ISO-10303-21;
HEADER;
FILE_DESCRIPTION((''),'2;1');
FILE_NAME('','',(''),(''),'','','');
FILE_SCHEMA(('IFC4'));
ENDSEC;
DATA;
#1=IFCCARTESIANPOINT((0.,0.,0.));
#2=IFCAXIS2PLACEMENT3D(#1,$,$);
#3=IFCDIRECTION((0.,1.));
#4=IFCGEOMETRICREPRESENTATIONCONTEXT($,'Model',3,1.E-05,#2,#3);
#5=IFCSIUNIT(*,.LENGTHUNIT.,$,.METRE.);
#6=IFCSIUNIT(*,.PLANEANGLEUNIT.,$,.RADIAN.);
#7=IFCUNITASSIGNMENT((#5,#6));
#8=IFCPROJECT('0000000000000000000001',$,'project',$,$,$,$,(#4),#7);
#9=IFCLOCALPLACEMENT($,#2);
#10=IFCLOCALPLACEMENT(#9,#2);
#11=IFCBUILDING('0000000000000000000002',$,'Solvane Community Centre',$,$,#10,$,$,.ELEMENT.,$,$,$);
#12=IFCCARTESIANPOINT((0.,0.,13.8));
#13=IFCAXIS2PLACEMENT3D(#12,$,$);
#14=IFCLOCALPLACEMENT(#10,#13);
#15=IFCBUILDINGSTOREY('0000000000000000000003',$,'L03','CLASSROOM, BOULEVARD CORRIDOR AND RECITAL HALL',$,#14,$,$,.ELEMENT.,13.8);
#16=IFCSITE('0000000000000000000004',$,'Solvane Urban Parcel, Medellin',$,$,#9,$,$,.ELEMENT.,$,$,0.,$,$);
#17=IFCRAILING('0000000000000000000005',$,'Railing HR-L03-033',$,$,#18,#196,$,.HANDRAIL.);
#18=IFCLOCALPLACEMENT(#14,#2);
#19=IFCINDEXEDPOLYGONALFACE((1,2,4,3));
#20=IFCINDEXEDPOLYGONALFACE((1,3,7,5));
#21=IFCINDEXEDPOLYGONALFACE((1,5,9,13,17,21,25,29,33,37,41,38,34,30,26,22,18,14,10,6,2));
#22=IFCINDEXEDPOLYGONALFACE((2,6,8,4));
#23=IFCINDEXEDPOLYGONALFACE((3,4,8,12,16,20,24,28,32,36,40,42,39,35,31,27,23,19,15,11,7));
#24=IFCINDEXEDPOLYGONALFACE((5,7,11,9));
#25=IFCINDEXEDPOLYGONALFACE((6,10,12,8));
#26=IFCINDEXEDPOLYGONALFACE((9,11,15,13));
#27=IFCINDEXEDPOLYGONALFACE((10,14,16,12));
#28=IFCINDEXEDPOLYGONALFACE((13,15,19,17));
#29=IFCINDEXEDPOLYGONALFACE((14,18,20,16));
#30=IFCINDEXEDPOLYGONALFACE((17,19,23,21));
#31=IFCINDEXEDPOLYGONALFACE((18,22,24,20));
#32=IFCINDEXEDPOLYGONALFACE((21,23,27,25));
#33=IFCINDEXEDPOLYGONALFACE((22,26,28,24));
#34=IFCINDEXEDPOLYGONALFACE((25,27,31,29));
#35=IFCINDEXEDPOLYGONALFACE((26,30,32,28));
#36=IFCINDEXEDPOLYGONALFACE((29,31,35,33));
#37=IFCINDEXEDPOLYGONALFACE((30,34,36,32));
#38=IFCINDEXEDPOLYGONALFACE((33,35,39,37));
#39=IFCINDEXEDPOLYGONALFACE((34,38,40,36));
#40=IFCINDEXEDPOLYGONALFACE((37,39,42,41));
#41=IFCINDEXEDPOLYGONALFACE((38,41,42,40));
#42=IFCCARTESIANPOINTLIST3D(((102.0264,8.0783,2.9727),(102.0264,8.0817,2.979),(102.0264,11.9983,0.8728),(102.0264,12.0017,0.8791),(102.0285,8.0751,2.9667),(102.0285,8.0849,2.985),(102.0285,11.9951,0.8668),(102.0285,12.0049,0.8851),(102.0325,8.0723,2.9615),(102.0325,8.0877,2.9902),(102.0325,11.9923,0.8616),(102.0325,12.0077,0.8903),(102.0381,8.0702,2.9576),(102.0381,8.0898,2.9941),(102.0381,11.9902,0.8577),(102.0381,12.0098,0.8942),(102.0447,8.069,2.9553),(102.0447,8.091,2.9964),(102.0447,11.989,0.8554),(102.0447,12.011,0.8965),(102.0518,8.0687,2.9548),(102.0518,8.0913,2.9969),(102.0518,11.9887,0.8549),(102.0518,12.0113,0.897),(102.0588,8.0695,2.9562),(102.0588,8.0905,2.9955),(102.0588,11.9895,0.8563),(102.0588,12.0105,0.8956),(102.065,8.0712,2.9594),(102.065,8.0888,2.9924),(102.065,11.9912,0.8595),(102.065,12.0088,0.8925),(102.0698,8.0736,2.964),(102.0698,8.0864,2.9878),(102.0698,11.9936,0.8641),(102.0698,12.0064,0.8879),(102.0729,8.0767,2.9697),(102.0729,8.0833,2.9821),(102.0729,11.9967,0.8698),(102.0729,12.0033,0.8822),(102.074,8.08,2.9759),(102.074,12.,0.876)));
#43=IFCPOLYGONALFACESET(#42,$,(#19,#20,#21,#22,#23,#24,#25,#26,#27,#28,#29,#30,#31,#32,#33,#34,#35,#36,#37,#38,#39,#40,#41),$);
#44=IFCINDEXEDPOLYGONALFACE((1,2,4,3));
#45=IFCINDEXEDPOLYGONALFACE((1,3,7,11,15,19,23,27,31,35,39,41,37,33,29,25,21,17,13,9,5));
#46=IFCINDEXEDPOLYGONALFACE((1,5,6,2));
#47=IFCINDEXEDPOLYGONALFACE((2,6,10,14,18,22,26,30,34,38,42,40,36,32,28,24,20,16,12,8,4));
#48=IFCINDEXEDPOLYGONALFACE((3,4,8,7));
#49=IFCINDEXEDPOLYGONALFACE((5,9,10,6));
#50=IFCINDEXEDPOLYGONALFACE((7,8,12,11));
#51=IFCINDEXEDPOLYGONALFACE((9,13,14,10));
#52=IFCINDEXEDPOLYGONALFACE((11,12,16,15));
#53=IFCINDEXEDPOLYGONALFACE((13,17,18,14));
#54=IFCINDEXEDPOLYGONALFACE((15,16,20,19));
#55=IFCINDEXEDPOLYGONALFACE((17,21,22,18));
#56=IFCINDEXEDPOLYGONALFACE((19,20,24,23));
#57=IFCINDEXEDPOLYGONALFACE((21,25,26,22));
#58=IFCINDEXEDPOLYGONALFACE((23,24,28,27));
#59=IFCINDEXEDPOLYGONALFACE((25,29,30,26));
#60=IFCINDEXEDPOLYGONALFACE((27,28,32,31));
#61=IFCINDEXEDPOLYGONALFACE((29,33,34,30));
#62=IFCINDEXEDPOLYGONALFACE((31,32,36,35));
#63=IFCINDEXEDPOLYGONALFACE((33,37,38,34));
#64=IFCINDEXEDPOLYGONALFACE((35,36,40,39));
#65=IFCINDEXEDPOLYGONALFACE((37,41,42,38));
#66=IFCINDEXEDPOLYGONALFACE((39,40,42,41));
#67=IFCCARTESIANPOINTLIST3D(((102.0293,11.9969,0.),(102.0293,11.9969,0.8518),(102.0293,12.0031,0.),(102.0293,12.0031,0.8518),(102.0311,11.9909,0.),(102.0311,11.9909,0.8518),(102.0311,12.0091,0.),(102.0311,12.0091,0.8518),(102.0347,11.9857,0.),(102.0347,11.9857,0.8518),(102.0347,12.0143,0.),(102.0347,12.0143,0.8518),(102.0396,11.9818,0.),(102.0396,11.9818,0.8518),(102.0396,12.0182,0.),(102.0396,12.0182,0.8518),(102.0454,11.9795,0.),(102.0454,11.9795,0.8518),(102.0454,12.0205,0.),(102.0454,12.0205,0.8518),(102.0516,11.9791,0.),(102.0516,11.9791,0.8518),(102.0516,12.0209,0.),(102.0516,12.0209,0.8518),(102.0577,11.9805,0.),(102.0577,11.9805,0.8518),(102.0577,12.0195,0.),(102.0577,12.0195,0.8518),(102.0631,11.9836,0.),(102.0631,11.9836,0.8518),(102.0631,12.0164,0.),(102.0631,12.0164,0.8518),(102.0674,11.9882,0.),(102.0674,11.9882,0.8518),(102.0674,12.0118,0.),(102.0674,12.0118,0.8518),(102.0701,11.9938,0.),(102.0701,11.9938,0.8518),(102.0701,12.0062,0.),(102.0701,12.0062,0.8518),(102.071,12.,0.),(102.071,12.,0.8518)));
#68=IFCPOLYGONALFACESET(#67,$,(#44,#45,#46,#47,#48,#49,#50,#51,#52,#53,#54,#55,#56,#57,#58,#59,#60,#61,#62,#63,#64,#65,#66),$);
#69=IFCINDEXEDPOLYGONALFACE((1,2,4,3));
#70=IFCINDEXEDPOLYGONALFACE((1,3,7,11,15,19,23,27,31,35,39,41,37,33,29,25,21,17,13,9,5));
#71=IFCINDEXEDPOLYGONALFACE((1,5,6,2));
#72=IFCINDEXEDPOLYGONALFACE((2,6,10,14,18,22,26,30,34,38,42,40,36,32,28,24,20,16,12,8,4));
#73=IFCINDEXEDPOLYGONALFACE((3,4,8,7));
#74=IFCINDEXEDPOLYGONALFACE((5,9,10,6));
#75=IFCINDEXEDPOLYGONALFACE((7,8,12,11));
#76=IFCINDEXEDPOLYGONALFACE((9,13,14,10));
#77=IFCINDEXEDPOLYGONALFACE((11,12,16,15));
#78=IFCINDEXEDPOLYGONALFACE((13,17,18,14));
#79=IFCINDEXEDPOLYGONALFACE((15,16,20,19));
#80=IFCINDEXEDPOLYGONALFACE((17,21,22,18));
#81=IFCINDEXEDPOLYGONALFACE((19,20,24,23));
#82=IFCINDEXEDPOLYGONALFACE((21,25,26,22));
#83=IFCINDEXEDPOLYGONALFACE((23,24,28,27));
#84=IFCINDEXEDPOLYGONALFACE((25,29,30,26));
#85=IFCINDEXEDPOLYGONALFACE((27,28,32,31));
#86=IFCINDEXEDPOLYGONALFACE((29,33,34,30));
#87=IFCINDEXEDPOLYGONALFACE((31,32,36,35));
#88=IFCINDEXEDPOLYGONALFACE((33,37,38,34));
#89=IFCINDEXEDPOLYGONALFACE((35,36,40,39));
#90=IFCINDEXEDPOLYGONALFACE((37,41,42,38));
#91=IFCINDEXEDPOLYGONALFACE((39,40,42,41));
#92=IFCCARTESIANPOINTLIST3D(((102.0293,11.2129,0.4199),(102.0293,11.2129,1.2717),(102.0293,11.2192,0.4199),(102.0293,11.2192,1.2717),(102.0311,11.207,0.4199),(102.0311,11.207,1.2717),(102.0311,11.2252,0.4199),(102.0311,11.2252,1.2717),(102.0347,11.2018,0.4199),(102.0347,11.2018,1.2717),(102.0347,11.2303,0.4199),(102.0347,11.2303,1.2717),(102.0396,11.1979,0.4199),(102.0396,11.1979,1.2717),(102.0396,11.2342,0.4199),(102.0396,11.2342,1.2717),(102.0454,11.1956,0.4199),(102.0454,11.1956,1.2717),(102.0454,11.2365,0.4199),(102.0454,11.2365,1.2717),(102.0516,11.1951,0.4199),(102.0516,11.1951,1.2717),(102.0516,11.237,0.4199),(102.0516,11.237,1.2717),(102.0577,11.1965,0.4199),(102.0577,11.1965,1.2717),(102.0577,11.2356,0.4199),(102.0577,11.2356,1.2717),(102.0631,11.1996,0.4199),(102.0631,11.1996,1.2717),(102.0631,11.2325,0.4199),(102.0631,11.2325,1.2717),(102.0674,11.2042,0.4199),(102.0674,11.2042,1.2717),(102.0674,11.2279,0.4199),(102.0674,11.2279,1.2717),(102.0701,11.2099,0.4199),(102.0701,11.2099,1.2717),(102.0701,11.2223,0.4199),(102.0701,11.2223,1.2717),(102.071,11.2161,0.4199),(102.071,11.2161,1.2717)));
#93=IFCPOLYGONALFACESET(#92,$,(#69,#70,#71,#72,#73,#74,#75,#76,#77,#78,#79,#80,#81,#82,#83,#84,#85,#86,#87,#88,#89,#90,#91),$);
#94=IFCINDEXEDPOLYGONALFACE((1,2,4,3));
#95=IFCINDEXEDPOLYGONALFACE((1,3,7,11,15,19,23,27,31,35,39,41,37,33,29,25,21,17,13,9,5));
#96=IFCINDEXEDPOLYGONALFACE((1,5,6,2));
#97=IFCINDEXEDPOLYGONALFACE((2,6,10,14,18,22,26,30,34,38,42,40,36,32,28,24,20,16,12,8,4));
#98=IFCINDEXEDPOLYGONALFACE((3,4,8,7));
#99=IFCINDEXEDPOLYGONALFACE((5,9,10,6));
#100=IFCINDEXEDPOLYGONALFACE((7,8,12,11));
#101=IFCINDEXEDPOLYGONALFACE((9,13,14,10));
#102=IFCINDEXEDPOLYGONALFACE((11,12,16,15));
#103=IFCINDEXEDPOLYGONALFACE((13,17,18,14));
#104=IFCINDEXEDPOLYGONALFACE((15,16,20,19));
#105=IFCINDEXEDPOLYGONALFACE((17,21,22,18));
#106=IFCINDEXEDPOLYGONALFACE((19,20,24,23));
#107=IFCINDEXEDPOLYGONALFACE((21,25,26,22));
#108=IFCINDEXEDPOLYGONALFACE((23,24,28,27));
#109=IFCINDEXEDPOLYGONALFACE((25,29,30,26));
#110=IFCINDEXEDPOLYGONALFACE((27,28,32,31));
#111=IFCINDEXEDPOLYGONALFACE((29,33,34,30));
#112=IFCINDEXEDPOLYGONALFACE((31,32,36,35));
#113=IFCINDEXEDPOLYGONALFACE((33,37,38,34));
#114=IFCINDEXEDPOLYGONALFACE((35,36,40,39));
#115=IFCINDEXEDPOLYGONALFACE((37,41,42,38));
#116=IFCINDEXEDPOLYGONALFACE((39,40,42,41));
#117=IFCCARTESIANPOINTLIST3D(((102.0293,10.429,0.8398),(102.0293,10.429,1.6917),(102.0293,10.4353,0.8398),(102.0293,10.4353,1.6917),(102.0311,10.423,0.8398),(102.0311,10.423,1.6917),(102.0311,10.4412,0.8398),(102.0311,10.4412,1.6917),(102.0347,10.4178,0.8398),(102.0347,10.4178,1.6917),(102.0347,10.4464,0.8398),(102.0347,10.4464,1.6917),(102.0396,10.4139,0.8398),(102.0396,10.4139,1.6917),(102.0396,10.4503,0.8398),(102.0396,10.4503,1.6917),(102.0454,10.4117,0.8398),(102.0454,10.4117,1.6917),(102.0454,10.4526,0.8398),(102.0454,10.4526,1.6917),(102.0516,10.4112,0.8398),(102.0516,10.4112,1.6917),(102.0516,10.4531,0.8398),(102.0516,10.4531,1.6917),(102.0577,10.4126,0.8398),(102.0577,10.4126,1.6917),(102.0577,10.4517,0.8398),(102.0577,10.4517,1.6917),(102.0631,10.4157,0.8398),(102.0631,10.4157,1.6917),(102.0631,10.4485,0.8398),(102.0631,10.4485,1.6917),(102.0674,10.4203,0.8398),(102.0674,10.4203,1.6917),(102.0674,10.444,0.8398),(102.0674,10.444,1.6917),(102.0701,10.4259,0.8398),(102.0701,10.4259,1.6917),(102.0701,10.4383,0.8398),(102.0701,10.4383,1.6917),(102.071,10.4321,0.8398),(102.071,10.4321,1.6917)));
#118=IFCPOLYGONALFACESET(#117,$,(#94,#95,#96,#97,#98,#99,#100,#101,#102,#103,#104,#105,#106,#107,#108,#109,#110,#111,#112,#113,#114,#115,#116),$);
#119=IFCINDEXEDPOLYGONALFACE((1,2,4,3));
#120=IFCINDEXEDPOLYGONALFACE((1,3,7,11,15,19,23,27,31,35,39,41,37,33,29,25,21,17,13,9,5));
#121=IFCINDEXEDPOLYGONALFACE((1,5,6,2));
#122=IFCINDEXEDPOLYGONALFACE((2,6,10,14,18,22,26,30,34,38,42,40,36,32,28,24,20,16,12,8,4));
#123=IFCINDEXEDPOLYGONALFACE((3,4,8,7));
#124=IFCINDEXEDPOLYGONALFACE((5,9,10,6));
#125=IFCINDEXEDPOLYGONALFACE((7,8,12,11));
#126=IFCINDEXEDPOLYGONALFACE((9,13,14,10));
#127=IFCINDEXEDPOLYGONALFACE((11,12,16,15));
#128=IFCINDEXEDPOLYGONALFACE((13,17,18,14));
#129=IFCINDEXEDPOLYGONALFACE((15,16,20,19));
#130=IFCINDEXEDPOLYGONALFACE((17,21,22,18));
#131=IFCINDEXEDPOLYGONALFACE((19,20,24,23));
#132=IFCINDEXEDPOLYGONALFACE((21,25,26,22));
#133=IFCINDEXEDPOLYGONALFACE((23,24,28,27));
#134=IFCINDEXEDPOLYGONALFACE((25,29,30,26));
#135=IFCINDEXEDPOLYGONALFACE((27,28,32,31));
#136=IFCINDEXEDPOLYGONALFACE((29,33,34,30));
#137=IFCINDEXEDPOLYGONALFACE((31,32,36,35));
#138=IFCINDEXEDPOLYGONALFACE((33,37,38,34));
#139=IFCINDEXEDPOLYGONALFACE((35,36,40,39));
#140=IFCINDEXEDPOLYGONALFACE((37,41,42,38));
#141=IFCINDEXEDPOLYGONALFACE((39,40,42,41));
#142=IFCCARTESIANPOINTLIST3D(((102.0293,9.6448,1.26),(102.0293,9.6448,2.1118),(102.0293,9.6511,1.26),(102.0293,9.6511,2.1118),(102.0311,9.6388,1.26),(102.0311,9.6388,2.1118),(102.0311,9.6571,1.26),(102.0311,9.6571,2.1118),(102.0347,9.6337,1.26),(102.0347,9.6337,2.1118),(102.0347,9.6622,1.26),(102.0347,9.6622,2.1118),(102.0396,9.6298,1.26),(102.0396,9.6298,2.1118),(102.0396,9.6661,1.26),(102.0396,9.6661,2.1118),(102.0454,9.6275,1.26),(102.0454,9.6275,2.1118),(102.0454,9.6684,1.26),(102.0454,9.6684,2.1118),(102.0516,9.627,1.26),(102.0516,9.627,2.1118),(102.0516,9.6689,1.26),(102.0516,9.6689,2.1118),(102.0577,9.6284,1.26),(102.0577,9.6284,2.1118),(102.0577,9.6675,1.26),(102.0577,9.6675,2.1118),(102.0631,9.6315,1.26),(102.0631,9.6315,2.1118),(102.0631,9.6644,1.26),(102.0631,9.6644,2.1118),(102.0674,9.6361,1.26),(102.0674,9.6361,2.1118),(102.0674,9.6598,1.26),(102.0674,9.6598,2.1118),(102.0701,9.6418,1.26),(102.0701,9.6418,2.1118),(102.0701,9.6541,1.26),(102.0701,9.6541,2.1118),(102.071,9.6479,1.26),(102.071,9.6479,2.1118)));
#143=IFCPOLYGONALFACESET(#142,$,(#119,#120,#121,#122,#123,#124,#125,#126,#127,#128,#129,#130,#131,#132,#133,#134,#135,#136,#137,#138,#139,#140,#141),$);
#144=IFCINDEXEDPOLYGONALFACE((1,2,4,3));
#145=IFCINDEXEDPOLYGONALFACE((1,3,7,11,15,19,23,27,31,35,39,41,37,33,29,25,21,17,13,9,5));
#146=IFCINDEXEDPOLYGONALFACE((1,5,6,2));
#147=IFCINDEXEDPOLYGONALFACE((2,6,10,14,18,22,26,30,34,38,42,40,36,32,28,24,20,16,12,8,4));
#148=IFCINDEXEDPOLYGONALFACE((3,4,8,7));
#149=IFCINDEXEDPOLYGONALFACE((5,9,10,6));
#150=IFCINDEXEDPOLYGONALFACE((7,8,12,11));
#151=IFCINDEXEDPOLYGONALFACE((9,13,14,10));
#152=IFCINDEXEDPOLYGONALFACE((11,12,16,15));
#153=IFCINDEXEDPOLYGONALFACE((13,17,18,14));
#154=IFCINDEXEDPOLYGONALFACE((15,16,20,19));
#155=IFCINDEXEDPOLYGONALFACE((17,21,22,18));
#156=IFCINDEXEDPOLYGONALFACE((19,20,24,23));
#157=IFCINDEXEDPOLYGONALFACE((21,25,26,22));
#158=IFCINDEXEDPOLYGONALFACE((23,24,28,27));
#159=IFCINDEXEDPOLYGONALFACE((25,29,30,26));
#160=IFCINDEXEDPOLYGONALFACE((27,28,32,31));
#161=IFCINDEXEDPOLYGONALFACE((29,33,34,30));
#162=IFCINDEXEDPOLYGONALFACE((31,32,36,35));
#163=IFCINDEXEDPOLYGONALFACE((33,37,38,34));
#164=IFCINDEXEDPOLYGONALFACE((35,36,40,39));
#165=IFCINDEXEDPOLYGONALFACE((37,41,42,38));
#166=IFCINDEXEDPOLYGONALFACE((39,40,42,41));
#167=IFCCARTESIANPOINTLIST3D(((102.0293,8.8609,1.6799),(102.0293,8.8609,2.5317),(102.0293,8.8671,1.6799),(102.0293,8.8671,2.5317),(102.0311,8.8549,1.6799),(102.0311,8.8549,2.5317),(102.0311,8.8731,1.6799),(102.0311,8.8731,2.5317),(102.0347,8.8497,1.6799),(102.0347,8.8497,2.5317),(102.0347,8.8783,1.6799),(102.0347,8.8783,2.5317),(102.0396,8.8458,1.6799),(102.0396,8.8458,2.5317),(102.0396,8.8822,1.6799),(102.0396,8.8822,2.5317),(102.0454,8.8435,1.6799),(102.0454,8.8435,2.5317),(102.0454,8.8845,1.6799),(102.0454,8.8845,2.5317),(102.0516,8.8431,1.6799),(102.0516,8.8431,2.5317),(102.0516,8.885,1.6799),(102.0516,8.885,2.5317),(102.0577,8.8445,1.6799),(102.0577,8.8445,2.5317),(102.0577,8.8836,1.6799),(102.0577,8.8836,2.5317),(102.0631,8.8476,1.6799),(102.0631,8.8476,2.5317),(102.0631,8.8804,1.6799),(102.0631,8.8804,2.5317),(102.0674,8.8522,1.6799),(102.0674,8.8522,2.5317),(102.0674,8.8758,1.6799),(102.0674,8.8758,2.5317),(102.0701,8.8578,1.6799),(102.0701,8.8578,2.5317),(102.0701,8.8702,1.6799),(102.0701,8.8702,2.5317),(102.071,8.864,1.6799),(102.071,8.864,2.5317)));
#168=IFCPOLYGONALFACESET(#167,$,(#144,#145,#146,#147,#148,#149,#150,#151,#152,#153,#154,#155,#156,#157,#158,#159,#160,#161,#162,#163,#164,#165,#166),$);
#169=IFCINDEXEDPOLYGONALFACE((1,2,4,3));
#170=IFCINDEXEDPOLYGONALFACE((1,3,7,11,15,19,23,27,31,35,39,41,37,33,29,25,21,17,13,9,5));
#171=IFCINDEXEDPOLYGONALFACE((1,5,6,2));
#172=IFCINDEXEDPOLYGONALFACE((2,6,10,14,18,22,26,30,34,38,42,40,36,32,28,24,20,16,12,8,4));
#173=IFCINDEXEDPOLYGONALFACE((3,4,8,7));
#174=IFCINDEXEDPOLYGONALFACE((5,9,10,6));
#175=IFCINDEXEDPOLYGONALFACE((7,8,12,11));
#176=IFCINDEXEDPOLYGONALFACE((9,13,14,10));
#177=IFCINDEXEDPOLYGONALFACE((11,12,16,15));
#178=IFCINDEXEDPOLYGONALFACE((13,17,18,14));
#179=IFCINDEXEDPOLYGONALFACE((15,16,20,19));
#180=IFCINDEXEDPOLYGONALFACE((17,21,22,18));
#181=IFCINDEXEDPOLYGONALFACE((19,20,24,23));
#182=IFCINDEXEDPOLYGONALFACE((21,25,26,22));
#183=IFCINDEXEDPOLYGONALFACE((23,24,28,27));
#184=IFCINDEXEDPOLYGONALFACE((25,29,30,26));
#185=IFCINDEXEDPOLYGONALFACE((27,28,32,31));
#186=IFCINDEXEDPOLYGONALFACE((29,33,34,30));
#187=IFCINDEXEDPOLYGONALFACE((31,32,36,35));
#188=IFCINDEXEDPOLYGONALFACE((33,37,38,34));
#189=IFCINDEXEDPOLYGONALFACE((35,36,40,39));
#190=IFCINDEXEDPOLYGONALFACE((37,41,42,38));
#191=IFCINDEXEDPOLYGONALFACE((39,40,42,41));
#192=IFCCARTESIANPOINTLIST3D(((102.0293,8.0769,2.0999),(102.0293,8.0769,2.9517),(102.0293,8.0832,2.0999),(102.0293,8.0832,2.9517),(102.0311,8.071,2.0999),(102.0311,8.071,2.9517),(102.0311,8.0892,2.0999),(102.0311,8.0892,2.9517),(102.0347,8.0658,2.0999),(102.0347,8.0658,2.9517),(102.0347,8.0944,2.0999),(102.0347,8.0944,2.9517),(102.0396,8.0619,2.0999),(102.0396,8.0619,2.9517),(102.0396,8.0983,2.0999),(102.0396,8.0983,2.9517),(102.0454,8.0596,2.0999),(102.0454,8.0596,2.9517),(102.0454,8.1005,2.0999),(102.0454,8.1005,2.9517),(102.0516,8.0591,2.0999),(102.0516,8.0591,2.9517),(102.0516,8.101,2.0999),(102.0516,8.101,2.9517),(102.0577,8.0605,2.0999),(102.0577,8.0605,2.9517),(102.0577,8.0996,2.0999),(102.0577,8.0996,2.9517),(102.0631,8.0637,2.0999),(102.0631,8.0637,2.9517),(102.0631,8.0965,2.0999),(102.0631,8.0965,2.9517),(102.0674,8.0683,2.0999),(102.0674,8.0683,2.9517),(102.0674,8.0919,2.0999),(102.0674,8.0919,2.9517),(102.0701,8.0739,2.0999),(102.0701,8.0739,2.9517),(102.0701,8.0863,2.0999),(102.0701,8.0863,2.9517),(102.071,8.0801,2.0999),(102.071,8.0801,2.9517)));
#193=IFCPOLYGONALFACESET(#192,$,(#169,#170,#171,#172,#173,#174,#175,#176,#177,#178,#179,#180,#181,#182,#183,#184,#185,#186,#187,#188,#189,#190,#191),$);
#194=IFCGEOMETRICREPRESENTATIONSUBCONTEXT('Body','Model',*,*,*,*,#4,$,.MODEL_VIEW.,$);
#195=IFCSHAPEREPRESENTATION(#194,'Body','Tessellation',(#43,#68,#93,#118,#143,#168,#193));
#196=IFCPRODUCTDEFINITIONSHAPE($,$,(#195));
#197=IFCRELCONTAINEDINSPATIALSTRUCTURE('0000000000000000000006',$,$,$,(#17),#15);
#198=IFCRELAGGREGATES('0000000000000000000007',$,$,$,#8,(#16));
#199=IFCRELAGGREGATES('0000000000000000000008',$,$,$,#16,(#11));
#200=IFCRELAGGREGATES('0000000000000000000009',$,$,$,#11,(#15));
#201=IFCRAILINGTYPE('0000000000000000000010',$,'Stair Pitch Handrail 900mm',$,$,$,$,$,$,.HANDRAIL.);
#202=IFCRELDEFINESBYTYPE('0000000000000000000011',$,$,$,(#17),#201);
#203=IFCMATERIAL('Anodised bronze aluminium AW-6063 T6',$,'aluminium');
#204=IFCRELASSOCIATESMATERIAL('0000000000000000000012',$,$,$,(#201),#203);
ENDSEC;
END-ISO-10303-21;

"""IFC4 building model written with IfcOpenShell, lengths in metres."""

from ifc_helpers import new_model, si_unit, direction, frame, origin, origin_2d, place, context, subcontext, project, spatial, circle, extrude, material, type_object, element, save


model = new_model("IFC4")

# Units and contexts
model_context = context("Model", 3, precision=1e-05, world=origin(), true_north=direction((0.0, 1.0)))
body_context = subcontext(model_context, "Body", "Model", "MODEL_VIEW")
ifc_project = project(units=[si_unit("LENGTHUNIT", "METRE"), si_unit("PLANEANGLEUNIT", "RADIAN")], contexts=[model_context])

# Site, building, storey
site_placement = place(None, origin())
site = spatial("IfcSite", under=ifc_project, at=site_placement, Name="Solvane Urban Parcel, Medellin", CompositionType="ELEMENT", RefElevation=0.0)
building_placement = place(site_placement, origin())
building = spatial("IfcBuilding", under=site, at=building_placement, Name="Solvane Community Centre", CompositionType="ELEMENT")
storey_placement = place(building_placement, frame((0.0, 0.0, 13.8)))
storey = spatial("IfcBuildingStorey", under=building, at=storey_placement, Name="L03", Description="CLASSROOM, BOULEVARD CORRIDOR AND RECITAL HALL", CompositionType="ELEMENT", Elevation=13.8)

# Shared definitions
ifc_material_1 = material(Name="Anodised bronze aluminium AW-6063 T6", Category="aluminium")

# Railing
railing_type_1 = type_object("IfcRailingType", Name="Stair Pitch Handrail 900mm", PredefinedType="HANDRAIL", material=ifc_material_1)
railing_1_placement = place(storey_placement, frame((102.05, 12.0, 0.0)))
element("IfcRailing", 1, at=railing_1_placement, inside=storey, type_object=railing_type_1, Name="Railing HR-L03-033", PredefinedType="HANDRAIL", context=body_context, shape_type="SweptSolid", body=[
    extrude(circle(Radius=0.0239, at=origin_2d()), frame((0.0, 0.0, 0.876), z_axis=(0.0, -0.88149, 0.472203), x_axis=(1.0, 0.0, 0.0)), (0.0, 0.0, 1.0), 4.447),
    extrude(circle(Radius=0.021, at=origin_2d()), origin(), (0.0, 0.0, 1.0), 0.8518),
    extrude(circle(Radius=0.021, at=origin_2d()), frame((0.0, -0.7839, 0.4199)), (0.0, 0.0, 1.0), 0.8518),
    extrude(circle(Radius=0.021, at=origin_2d()), frame((0.0, -1.5679, 0.8398)), (0.0, 0.0, 1.0), 0.8518),
    extrude(circle(Radius=0.021, at=origin_2d()), frame((0.0, -2.3521, 1.26)), (0.0, 0.0, 1.0), 0.8518),
    extrude(circle(Radius=0.021, at=origin_2d()), frame((0.0, -3.136, 1.6799)), (0.0, 0.0, 1.0), 0.8518),
    extrude(circle(Radius=0.021, at=origin_2d()), frame((0.0, -3.9199, 2.0999)), (0.0, 0.0, 1.0), 0.8518),
])

save(model, "model.ifc")
